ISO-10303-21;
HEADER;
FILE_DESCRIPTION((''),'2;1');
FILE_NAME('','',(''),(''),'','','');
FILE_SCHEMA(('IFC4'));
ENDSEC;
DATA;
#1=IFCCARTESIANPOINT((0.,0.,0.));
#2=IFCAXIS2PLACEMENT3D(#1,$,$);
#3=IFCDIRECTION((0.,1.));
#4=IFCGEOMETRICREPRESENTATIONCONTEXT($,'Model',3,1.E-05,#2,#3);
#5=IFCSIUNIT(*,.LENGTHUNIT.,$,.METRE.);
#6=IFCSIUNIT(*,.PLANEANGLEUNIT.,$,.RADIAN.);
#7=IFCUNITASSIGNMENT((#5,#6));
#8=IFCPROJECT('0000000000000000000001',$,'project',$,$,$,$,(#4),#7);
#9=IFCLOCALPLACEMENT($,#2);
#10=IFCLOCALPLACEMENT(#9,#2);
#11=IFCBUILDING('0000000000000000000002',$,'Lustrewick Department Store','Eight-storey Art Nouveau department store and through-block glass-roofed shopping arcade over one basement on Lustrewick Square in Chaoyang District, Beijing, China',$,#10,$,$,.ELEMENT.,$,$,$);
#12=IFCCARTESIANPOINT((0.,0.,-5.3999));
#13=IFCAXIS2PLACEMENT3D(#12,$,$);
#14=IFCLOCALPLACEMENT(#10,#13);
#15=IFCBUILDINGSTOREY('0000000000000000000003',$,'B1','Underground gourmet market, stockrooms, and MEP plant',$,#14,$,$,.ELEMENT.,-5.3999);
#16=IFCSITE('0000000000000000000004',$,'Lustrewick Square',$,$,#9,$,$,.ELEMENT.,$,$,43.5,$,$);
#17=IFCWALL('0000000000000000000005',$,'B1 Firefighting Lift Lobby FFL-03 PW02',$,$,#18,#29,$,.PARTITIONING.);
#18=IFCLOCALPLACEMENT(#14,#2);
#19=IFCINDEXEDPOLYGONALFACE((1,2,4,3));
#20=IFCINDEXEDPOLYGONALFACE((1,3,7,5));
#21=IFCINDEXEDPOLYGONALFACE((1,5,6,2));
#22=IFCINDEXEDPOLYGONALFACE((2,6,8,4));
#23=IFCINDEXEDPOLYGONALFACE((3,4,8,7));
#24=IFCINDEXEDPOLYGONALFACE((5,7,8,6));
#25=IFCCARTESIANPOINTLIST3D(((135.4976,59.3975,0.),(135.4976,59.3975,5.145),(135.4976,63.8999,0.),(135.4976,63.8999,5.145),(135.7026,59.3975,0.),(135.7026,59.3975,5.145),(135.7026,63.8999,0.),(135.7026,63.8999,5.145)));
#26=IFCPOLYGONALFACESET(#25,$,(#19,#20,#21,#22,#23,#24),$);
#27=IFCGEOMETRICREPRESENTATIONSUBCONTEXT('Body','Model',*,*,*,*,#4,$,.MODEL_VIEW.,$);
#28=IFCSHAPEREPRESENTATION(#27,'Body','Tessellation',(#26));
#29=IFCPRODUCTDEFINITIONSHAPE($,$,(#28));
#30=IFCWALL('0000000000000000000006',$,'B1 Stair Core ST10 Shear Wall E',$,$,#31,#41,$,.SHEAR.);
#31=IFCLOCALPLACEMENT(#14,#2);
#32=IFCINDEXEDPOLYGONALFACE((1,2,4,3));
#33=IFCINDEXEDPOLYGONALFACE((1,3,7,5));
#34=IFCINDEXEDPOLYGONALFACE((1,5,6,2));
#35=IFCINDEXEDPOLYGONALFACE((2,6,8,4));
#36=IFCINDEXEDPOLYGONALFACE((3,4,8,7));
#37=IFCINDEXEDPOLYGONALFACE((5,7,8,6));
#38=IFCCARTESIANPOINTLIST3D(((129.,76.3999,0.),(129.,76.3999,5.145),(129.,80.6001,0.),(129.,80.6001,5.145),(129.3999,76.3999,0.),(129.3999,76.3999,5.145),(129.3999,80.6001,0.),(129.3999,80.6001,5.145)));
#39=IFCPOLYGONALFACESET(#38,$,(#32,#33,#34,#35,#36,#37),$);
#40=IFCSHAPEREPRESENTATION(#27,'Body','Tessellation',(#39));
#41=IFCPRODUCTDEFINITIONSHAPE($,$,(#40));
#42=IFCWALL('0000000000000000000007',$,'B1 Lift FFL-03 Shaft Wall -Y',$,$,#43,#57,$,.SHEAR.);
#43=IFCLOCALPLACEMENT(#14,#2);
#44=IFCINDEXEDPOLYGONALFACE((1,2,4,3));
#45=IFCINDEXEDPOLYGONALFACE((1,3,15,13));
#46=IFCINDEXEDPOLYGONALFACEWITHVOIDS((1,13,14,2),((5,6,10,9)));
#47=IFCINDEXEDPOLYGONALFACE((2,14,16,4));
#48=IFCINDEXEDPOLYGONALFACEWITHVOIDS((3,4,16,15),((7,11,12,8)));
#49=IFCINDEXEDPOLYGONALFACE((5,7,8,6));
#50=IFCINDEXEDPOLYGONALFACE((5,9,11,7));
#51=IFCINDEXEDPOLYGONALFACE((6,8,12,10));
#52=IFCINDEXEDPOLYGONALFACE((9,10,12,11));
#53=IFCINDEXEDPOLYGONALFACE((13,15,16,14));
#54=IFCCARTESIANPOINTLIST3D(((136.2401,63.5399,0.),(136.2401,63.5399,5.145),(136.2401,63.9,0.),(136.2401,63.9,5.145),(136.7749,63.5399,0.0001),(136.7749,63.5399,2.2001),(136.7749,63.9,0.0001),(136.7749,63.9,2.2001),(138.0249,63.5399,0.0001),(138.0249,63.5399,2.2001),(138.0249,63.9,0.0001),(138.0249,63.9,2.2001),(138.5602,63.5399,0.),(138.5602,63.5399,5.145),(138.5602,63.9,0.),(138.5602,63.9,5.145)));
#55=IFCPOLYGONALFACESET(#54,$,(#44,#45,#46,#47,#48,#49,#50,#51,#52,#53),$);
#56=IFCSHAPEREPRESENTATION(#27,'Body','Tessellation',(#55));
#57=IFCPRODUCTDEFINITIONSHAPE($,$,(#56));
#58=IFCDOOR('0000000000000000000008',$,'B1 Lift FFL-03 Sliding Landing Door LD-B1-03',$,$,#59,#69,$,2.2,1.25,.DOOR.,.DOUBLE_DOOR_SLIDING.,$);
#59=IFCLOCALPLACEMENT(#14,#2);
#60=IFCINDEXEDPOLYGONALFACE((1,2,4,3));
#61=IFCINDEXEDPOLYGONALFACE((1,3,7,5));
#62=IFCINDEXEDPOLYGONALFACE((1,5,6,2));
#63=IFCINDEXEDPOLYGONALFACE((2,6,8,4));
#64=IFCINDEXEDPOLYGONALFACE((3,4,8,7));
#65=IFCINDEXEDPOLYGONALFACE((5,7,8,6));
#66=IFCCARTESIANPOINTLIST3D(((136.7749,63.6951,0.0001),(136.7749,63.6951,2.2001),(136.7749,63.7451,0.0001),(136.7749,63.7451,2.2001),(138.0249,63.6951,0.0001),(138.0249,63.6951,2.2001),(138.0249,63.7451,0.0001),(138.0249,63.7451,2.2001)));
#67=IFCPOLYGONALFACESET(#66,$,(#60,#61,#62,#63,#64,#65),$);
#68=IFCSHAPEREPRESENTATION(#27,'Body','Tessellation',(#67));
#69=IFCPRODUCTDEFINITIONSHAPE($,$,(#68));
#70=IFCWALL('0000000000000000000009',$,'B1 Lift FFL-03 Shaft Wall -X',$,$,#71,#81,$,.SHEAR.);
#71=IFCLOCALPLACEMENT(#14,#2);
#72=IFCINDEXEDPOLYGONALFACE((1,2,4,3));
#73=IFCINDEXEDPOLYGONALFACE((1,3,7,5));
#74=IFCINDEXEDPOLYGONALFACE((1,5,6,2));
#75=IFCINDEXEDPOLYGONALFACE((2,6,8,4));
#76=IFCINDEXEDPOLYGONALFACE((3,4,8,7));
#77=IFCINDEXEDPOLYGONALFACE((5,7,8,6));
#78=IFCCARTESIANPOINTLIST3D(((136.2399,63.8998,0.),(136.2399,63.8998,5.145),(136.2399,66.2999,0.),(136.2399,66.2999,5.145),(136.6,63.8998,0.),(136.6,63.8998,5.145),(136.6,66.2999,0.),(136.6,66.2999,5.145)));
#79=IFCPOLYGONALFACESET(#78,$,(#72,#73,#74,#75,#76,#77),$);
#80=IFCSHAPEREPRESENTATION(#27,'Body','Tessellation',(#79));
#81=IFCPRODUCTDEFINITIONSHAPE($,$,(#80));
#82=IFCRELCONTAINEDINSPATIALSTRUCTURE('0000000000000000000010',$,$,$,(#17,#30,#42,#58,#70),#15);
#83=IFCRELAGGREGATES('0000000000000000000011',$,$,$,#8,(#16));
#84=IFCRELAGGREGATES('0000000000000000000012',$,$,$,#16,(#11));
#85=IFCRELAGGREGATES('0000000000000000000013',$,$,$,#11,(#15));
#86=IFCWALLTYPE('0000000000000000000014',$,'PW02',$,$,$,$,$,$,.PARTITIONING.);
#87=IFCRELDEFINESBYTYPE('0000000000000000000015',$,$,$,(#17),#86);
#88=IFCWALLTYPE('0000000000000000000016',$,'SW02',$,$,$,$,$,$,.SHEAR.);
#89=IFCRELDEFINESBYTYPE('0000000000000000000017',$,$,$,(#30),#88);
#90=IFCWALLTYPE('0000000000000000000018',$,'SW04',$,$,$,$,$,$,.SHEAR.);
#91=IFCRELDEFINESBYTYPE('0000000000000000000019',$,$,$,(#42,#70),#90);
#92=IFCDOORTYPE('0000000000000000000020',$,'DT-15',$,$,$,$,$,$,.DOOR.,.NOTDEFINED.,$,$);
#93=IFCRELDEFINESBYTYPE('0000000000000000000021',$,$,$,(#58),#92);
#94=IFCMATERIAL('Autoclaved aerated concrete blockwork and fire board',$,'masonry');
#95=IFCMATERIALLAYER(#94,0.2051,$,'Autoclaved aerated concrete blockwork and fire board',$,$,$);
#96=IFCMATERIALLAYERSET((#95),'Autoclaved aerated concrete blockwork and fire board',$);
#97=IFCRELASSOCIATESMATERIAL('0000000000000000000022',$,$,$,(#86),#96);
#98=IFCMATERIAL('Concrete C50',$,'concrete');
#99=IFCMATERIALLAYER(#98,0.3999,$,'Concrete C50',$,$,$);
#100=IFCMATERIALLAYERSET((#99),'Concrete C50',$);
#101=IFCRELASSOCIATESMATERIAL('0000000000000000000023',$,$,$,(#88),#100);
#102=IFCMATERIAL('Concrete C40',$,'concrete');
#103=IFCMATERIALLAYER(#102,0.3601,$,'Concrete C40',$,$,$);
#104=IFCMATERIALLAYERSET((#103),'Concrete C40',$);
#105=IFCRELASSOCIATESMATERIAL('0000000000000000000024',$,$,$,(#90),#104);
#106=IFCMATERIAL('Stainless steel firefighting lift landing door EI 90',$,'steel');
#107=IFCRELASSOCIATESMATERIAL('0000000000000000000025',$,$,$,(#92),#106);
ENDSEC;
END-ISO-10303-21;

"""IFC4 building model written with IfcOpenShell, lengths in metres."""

from ifc_helpers import new_model, si_unit, direction, frame, frame_2d, origin, place, context, subcontext, project, spatial, rectangle, extrude, material, layer, layer_set, type_object, element, fill, save


model = new_model("IFC4")

# Units and contexts
model_context = context("Model", 3, precision=1e-05, world=origin(), true_north=direction((0.0, 1.0)))
body_context = subcontext(model_context, "Body", "Model", "MODEL_VIEW")
ifc_project = project(units=[si_unit("LENGTHUNIT", "METRE"), si_unit("PLANEANGLEUNIT", "RADIAN")], contexts=[model_context])

# Site, building, storey
site_placement = place(None, origin())
site = spatial("IfcSite", under=ifc_project, at=site_placement, Name="Lustrewick Square", CompositionType="ELEMENT", RefElevation=43.5)
building_placement = place(site_placement, origin())
building = spatial("IfcBuilding", under=site, at=building_placement, Name="Lustrewick Department Store", Description="Eight-storey Art Nouveau department store and through-block glass-roofed shopping arcade over one basement on Lustrewick Square in Chaoyang District, Beijing, China", CompositionType="ELEMENT")
storey_placement = place(building_placement, frame((0.0, 0.0, -5.3999)))
storey = spatial("IfcBuildingStorey", under=building, at=storey_placement, Name="B1", Description="Underground gourmet market, stockrooms, and MEP plant", CompositionType="ELEMENT", Elevation=-5.3999)

# Shared definitions
ifc_material_1 = material(Name="Concrete C40", Category="concrete")

# Shared definitions
ifc_material_2 = material(Name="Concrete C50", Category="concrete")

# Shared definitions
ifc_material_3 = material(Name="Autoclaved aerated concrete blockwork and fire board", Category="masonry")

# Shared definitions
ifc_layer_1 = layer(ifc_material_3, 0.2051, Name="Autoclaved aerated concrete blockwork and fire board")
ifc_layer_set_1 = layer_set([ifc_layer_1], Name="Autoclaved aerated concrete blockwork and fire board")
wall_type_1 = type_object("IfcWallType", Name="PW02", PredefinedType="PARTITIONING", material=ifc_layer_set_1)

# Walls
wall_1_placement = place(storey_placement, frame((135.6001, 63.8999, 0.0), z_axis=(0.0, 0.0, 1.0), x_axis=(0.0, -1.0, 0.0)))
element("IfcWall", 1, at=wall_1_placement, inside=storey, type_object=wall_type_1, Name="B1 Firefighting Lift Lobby FFL-03 PW02", PredefinedType="PARTITIONING", context=body_context, shape_type="SweptSolid", body=[
    extrude(rectangle(XDim=4.5024, YDim=0.2051, at=frame_2d((2.2512, 0.0))), origin(), (0.0, 0.0, 1.0), 5.145),
])
ifc_layer_2 = layer(ifc_material_2, 0.3999, Name="Concrete C50")
ifc_layer_set_2 = layer_set([ifc_layer_2], Name="Concrete C50")
wall_type_2 = type_object("IfcWallType", Name="SW02", PredefinedType="SHEAR", material=ifc_layer_set_2)
wall_2_placement = place(storey_placement, frame((129.2, 76.3999, 0.0), z_axis=(0.0, 0.0, 1.0), x_axis=(0.0, 1.0, 0.0)))
element("IfcWall", 2, at=wall_2_placement, inside=storey, type_object=wall_type_2, Name="B1 Stair Core ST10 Shear Wall E", PredefinedType="SHEAR", context=body_context, shape_type="SweptSolid", body=[
    extrude(rectangle(XDim=4.2002, YDim=0.3999, at=frame_2d((2.1001, 0.0))), origin(), (0.0, 0.0, 1.0), 5.145),
])

# Wall, opening, door
ifc_layer_3 = layer(ifc_material_1, 0.3601, Name="Concrete C40")
ifc_layer_set_3 = layer_set([ifc_layer_3], Name="Concrete C40")
wall_type_3 = type_object("IfcWallType", Name="SW04", PredefinedType="SHEAR", material=ifc_layer_set_3)
wall_3_placement = place(storey_placement, frame((136.24, 63.72, 0.0), z_axis=(0.0, 0.0, 1.0), x_axis=(1.0, 0.0, 0.0)))
wall_3 = element("IfcWall", 3, at=wall_3_placement, inside=storey, type_object=wall_type_3, Name="B1 Lift FFL-03 Shaft Wall -Y", PredefinedType="SHEAR", context=body_context, shape_type="SweptSolid", body=[
    extrude(rectangle(XDim=2.3201, YDim=0.3601, at=frame_2d((1.1602, 0.0))), origin(), (0.0, 0.0, 1.0), 5.145),
])
opening_1_placement = place(wall_3_placement, frame((0.5349, 0.0, 0.0)))
opening_1 = element("IfcOpeningElement", 4, at=opening_1_placement, cuts=wall_3, PredefinedType="OPENING", context=body_context, shape_type="SweptSolid", body=[
    extrude(rectangle(XDim=1.25, YDim=2.2, at=frame_2d((0.625, 1.1001))), frame((0.0, 0.1899, 0.0), z_axis=(0.0, -1.0, 0.0), x_axis=(1.0, 0.0, 0.0)), (0.0, 0.0, 1.0), 0.3801),
])
ifc_material_4 = material(Name="Stainless steel firefighting lift landing door EI 90", Category="steel")
door_type_1 = type_object("IfcDoorType", Name="DT-15", OperationType="NOTDEFINED", PredefinedType="DOOR", material=ifc_material_4)
door_1_placement = place(opening_1_placement, frame((1.25, 0.0, 0.0), z_axis=(0.0, 0.0, 1.0), x_axis=(-1.0, 0.0, 0.0)))
door_1 = element("IfcDoor", 5, at=door_1_placement, inside=storey, type_object=door_type_1, Name="B1 Lift FFL-03 Sliding Landing Door LD-B1-03", OperationType="DOUBLE_DOOR_SLIDING", OverallHeight=2.2, OverallWidth=1.25, PredefinedType="DOOR", context=body_context, shape_type="SweptSolid", body=[
    extrude(rectangle(XDim=1.25, YDim=2.2, at=frame_2d((0.625, 1.1001))), frame((0.0, 0.0249, 0.0), z_axis=(0.0, -1.0, 0.0), x_axis=(1.0, 0.0, 0.0)), (0.0, 0.0, 1.0), 0.05),
])
fill(opening_1, door_1)

# Wall
wall_4_placement = place(storey_placement, frame((136.4199, 66.3, 0.0), z_axis=(0.0, 0.0, 1.0), x_axis=(0.0, -1.0, 0.0)))
element("IfcWall", 6, at=wall_4_placement, inside=storey, type_object=wall_type_3, Name="B1 Lift FFL-03 Shaft Wall -X", PredefinedType="SHEAR", context=body_context, shape_type="SweptSolid", body=[
    extrude(rectangle(XDim=2.4001, YDim=0.3601, at=frame_2d((1.2002, 0.0))), origin(), (0.0, 0.0, 1.0), 5.145),
])

save(model, "model.ifc")
